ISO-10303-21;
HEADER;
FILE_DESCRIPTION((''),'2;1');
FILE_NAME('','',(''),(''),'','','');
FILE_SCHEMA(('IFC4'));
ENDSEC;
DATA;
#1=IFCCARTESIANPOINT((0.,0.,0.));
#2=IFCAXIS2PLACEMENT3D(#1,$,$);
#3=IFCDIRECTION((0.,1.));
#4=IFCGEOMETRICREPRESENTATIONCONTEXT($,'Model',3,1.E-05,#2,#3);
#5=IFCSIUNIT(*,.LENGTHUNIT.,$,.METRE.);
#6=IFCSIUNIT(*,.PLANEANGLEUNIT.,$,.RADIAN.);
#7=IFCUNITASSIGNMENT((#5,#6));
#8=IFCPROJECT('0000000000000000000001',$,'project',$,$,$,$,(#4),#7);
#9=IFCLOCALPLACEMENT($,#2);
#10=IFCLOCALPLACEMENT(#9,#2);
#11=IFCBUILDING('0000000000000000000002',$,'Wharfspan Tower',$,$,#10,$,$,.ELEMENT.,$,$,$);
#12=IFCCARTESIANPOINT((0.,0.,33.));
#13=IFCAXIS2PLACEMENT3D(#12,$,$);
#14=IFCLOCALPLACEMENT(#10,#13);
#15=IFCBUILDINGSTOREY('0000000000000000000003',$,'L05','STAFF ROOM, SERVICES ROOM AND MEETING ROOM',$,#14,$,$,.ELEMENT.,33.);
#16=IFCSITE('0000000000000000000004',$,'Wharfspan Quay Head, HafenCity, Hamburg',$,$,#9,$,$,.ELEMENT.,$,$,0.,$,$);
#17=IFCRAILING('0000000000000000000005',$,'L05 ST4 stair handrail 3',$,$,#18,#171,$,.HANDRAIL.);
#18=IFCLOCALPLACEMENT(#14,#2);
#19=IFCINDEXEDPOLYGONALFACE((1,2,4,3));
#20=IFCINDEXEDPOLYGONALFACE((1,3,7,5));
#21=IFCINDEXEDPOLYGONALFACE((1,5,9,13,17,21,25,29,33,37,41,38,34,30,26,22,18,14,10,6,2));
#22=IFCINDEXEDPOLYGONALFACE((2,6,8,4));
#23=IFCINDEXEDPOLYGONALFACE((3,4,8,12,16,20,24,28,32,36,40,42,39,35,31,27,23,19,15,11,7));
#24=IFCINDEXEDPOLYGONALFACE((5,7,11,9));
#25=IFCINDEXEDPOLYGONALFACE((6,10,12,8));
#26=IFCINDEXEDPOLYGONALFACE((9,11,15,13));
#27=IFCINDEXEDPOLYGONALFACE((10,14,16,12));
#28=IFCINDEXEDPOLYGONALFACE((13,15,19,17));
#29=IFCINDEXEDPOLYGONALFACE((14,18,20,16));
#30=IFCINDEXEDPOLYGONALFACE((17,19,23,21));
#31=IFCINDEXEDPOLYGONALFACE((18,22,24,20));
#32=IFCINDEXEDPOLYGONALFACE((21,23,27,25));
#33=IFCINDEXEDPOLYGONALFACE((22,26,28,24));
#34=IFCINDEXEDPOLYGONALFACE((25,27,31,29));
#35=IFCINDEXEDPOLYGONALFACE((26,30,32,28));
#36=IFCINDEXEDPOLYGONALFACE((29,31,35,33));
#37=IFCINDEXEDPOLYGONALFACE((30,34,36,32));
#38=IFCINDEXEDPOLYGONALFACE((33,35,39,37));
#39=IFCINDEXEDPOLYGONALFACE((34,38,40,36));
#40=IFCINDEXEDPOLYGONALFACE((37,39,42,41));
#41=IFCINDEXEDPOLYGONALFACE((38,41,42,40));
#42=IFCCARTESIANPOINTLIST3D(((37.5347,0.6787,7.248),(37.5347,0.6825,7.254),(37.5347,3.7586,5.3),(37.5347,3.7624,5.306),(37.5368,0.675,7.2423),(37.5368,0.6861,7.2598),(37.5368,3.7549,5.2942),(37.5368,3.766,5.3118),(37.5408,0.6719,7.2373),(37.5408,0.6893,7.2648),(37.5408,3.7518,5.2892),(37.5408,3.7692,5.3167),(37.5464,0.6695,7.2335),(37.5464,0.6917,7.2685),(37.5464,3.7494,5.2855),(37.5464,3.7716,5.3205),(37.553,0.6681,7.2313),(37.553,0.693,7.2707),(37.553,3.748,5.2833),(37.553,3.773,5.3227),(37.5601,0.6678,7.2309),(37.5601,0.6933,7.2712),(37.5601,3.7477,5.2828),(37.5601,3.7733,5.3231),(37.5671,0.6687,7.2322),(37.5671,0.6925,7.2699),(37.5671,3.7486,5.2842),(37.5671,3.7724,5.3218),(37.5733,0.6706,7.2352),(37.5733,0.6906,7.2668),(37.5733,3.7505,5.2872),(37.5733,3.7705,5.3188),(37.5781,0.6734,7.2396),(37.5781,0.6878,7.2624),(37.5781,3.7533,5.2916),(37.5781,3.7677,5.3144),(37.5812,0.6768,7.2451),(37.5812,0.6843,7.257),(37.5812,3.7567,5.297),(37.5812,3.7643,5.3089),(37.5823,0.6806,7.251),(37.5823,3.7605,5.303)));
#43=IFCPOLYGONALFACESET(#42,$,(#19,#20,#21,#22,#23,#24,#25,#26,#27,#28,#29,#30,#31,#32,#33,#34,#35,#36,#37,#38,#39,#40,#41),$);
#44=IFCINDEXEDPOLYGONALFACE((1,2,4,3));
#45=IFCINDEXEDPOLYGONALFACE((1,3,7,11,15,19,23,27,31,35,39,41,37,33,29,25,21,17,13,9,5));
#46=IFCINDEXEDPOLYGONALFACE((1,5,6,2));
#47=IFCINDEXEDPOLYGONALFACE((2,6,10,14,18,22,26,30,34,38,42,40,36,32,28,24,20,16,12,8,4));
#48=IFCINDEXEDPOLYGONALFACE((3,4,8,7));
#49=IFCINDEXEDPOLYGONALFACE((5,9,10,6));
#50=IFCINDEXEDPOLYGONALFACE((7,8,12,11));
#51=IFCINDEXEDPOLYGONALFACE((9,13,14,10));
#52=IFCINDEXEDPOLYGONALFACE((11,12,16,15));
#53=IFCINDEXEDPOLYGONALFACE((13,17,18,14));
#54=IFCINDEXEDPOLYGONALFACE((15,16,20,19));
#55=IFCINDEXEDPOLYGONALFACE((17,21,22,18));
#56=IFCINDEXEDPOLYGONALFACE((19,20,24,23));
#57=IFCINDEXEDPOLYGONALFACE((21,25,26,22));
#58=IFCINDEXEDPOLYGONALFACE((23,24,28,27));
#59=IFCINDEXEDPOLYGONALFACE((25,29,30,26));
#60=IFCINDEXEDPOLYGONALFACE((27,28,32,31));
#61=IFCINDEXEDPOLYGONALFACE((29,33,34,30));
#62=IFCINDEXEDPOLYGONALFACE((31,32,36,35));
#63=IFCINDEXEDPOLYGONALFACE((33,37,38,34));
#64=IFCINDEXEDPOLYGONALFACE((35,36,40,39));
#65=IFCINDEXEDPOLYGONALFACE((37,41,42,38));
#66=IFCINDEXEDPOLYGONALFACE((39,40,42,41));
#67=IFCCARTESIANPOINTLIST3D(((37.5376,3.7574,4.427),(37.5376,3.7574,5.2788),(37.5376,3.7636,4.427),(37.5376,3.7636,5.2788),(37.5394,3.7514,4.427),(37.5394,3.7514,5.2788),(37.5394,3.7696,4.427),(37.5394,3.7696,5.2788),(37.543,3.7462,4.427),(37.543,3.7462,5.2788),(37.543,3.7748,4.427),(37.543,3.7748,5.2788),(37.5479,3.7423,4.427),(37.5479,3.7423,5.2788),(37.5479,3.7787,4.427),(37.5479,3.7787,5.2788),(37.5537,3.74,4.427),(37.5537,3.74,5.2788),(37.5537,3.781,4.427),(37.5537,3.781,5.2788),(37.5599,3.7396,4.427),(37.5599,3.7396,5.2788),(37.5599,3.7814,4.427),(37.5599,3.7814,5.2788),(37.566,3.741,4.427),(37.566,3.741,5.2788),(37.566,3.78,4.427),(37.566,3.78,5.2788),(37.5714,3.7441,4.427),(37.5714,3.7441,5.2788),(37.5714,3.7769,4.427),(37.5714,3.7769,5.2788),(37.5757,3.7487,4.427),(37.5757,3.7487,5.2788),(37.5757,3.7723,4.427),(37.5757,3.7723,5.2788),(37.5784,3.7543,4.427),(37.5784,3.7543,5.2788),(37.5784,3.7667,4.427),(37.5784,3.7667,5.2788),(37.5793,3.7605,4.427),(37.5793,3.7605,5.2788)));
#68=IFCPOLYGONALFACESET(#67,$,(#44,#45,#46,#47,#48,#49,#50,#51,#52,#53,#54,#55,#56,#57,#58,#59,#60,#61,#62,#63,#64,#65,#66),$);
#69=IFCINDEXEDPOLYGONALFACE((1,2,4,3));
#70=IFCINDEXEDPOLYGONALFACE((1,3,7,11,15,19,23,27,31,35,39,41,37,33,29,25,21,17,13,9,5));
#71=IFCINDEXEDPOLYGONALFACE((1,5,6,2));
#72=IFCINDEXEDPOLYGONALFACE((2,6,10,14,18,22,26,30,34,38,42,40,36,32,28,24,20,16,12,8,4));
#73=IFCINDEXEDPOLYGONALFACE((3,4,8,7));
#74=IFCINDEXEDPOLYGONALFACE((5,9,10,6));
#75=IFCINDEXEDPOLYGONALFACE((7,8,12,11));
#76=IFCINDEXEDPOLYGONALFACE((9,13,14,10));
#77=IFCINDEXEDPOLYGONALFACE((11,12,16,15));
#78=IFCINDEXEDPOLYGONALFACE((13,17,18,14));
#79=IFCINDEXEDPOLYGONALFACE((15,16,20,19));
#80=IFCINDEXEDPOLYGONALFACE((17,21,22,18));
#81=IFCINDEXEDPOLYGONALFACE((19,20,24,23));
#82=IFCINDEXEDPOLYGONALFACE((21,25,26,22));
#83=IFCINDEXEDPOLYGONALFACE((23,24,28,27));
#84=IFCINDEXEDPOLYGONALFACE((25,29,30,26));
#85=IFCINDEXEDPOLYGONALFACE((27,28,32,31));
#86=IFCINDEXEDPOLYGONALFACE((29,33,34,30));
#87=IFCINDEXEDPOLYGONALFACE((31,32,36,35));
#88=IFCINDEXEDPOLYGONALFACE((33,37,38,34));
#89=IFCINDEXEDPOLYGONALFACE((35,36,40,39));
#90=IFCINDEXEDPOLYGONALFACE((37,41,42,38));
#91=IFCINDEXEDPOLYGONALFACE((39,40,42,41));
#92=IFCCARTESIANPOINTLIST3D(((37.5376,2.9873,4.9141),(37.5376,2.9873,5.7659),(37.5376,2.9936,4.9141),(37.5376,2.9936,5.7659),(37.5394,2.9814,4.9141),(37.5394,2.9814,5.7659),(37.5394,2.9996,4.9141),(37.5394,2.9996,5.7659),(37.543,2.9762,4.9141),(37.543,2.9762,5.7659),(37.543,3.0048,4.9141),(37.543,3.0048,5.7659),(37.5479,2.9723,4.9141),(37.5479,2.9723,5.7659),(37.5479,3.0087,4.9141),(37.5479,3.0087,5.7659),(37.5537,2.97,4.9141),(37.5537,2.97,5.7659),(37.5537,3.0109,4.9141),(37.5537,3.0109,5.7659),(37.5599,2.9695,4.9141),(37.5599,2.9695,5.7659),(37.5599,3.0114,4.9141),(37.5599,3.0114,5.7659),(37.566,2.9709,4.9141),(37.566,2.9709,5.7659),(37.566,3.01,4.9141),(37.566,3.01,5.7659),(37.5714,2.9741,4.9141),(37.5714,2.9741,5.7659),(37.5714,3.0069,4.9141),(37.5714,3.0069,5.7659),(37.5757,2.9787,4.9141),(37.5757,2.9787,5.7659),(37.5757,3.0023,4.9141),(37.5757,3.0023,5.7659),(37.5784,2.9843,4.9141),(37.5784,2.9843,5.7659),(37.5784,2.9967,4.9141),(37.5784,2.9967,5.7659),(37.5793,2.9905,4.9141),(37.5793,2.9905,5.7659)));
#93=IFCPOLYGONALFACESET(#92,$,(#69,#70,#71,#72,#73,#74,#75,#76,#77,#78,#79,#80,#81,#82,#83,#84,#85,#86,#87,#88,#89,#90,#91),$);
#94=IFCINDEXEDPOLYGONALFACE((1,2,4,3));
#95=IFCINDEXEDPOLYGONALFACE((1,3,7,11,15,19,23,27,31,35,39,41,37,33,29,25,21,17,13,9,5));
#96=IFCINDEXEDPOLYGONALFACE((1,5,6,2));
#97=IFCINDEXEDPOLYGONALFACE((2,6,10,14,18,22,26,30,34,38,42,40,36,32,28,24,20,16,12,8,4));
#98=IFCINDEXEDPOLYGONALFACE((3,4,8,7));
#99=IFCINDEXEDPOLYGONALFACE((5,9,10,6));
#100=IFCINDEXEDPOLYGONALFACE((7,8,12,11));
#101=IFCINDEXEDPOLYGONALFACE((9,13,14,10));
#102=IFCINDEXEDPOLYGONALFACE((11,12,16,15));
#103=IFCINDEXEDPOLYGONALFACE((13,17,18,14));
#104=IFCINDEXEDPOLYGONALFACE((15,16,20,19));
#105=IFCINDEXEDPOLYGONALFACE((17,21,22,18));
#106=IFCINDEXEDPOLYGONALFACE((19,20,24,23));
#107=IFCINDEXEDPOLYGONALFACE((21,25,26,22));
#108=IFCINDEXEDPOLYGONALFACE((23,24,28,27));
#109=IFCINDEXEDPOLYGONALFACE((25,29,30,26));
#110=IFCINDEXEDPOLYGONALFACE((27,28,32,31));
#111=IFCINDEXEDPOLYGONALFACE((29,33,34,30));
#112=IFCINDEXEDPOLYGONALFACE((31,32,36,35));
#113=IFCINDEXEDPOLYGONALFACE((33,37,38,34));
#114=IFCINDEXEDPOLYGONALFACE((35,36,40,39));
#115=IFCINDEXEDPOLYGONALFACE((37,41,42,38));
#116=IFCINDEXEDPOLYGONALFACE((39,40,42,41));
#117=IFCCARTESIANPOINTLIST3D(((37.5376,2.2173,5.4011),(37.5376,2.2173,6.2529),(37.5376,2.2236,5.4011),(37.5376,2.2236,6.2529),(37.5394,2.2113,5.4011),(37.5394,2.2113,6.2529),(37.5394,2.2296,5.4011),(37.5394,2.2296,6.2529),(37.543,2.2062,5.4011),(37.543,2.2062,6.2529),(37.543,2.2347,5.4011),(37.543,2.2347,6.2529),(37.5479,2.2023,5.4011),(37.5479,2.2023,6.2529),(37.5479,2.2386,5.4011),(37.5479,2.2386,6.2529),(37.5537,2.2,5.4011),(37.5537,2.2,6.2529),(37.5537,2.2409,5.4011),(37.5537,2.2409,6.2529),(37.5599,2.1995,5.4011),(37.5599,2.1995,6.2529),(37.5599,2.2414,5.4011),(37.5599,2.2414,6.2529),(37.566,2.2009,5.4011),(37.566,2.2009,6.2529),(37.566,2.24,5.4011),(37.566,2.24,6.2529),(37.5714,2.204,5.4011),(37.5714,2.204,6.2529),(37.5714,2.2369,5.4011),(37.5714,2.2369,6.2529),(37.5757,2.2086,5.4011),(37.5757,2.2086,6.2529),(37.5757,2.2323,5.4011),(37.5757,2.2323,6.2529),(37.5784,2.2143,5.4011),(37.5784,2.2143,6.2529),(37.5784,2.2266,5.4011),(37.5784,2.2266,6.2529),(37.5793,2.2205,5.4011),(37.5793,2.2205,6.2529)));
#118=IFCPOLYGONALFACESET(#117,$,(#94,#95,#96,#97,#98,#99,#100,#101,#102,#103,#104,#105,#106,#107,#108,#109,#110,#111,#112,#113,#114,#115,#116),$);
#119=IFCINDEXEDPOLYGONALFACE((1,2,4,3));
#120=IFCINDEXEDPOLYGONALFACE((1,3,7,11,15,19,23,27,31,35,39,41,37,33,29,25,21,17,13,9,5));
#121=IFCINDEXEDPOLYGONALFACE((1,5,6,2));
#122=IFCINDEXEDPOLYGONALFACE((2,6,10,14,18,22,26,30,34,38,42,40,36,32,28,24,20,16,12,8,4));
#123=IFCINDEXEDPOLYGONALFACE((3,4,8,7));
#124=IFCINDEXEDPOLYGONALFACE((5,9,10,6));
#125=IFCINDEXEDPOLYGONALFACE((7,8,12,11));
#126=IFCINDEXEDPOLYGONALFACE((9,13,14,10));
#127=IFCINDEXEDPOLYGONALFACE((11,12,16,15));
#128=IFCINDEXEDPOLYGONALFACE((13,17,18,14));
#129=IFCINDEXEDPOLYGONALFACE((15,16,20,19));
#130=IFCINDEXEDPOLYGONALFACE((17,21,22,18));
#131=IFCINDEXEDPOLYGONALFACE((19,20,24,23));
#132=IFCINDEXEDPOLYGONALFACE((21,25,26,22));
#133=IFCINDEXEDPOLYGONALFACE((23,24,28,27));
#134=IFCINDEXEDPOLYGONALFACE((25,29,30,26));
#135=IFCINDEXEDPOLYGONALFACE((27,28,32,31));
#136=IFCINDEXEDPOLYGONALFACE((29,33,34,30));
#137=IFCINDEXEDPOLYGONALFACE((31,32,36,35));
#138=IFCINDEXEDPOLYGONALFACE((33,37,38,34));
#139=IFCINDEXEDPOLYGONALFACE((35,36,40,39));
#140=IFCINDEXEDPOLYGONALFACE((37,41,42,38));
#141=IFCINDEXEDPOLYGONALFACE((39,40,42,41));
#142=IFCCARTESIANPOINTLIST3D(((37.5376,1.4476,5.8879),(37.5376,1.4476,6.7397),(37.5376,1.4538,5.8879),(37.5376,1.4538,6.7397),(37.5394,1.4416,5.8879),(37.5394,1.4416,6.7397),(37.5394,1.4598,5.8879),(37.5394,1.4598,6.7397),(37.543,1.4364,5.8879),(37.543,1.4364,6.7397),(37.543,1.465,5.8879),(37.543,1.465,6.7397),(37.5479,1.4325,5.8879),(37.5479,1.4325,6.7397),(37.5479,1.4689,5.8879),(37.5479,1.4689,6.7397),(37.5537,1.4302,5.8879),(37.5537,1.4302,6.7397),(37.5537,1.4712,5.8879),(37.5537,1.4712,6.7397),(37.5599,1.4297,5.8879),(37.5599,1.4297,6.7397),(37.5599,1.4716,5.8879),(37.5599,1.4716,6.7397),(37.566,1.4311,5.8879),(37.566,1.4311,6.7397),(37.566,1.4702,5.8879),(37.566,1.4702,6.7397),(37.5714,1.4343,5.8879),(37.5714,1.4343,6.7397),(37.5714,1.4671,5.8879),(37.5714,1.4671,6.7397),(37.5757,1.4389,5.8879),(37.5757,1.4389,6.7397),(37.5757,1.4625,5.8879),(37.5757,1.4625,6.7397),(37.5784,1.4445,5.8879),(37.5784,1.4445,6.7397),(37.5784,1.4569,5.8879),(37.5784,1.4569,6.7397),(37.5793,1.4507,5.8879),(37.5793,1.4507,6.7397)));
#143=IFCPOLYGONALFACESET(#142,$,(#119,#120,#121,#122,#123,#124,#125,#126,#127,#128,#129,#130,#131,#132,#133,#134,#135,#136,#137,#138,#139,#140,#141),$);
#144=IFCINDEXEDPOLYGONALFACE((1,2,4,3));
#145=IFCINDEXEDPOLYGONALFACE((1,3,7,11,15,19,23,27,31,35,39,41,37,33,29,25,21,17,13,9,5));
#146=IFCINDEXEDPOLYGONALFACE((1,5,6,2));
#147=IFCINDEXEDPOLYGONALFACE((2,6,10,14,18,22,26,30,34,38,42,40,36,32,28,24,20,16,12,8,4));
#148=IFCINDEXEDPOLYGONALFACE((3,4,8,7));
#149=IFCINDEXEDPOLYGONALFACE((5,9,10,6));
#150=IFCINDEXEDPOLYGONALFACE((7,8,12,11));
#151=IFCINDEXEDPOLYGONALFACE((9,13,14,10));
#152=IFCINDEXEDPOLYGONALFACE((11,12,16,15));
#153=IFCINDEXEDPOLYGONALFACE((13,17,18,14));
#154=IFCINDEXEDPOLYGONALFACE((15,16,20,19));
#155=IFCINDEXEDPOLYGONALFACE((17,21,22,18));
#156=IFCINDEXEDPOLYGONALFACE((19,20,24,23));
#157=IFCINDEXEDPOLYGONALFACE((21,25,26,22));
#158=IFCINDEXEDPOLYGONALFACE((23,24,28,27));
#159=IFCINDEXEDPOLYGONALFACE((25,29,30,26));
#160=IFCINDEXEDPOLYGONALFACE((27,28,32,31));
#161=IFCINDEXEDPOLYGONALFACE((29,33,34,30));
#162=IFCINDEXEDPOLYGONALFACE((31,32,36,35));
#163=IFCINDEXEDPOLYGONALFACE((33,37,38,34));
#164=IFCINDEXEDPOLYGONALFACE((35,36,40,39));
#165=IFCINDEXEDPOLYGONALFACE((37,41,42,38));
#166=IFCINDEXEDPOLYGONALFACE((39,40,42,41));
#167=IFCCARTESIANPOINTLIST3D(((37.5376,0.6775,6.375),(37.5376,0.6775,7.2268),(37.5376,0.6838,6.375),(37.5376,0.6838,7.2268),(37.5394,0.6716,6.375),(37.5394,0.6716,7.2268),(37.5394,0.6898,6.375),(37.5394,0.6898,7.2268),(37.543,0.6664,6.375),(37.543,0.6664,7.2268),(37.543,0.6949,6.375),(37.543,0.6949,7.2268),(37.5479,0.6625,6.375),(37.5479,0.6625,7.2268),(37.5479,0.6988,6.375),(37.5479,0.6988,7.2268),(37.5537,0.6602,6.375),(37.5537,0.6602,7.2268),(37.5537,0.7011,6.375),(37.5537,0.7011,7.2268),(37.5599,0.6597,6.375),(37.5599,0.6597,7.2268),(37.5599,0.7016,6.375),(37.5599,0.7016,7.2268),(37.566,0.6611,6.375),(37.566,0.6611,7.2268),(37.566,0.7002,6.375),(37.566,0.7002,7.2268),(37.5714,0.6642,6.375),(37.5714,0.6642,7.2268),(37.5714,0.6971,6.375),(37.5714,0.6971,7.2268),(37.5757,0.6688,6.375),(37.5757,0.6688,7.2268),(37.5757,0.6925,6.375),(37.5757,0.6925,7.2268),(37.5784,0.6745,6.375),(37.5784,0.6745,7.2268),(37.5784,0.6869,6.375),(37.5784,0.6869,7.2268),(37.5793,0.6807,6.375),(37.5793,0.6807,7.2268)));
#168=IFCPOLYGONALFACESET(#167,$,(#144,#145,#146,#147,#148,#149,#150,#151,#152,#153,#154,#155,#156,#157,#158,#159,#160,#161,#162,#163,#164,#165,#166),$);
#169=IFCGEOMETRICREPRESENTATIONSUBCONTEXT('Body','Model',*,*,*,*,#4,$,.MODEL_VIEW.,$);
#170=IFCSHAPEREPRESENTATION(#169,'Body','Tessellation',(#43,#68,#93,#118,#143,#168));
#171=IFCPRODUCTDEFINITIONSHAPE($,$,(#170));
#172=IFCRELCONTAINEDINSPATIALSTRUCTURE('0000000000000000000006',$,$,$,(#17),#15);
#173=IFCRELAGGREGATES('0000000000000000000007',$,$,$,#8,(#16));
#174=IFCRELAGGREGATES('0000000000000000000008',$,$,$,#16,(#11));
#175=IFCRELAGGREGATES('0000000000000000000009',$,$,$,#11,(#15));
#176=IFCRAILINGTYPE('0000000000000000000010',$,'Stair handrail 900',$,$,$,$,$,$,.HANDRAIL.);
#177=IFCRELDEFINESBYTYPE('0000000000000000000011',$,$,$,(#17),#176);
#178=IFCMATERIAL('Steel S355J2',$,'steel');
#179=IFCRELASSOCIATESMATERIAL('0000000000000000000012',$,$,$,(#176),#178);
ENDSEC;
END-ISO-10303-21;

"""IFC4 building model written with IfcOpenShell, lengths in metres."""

from ifc_helpers import new_model, si_unit, direction, frame, origin, origin_2d, place, context, subcontext, project, spatial, circle, extrude, material, type_object, element, save


model = new_model("IFC4")

# Units and contexts
model_context = context("Model", 3, precision=1e-05, world=origin(), true_north=direction((0.0, 1.0)))
body_context = subcontext(model_context, "Body", "Model", "MODEL_VIEW")
ifc_project = project(units=[si_unit("LENGTHUNIT", "METRE"), si_unit("PLANEANGLEUNIT", "RADIAN")], contexts=[model_context])

# Site, building, storey
site_placement = place(None, origin())
site = spatial("IfcSite", under=ifc_project, at=site_placement, Name="Wharfspan Quay Head, HafenCity, Hamburg", CompositionType="ELEMENT", RefElevation=0.0)
building_placement = place(site_placement, origin())
building = spatial("IfcBuilding", under=site, at=building_placement, Name="Wharfspan Tower", CompositionType="ELEMENT")
storey_placement = place(building_placement, frame((0.0, 0.0, 33.0)))
storey = spatial("IfcBuildingStorey", under=building, at=storey_placement, Name="L05", Description="STAFF ROOM, SERVICES ROOM AND MEETING ROOM", CompositionType="ELEMENT", Elevation=33.0)

# Railing
ifc_material_1 = material(Name="Steel S355J2", Category="steel")
railing_type_1 = type_object("IfcRailingType", Name="Stair handrail 900", PredefinedType="HANDRAIL", material=ifc_material_1)
railing_1_placement = place(storey_placement, frame((37.5583, 3.7605, 4.427)))
element("IfcRailing", 1, at=railing_1_placement, inside=storey, type_object=railing_type_1, Name="L05 ST4 stair handrail 3", PredefinedType="HANDRAIL", context=body_context, shape_type="SweptSolid", body=[
    extrude(circle(Radius=0.0239, at=origin_2d()), frame((0.0, 0.0, 0.876), z_axis=(0.0, -0.845137, 0.53455), x_axis=(1.0, 0.0, 0.0)), (0.0, 0.0, 1.0), 3.6443),
    extrude(circle(Radius=0.021, at=origin_2d()), origin(), (0.0, 0.0, 1.0), 0.8518),
    extrude(circle(Radius=0.021, at=origin_2d()), frame((0.0, -0.77, 0.4871)), (0.0, 0.0, 1.0), 0.8518),
    extrude(circle(Radius=0.021, at=origin_2d()), frame((0.0, -1.54, 0.9741)), (0.0, 0.0, 1.0), 0.8518),
    extrude(circle(Radius=0.021, at=origin_2d()), frame((0.0, -2.3098, 1.4609)), (0.0, 0.0, 1.0), 0.8518),
    extrude(circle(Radius=0.021, at=origin_2d()), frame((0.0, -3.0798, 1.948)), (0.0, 0.0, 1.0), 0.8518),
])

save(model, "model.ifc")
